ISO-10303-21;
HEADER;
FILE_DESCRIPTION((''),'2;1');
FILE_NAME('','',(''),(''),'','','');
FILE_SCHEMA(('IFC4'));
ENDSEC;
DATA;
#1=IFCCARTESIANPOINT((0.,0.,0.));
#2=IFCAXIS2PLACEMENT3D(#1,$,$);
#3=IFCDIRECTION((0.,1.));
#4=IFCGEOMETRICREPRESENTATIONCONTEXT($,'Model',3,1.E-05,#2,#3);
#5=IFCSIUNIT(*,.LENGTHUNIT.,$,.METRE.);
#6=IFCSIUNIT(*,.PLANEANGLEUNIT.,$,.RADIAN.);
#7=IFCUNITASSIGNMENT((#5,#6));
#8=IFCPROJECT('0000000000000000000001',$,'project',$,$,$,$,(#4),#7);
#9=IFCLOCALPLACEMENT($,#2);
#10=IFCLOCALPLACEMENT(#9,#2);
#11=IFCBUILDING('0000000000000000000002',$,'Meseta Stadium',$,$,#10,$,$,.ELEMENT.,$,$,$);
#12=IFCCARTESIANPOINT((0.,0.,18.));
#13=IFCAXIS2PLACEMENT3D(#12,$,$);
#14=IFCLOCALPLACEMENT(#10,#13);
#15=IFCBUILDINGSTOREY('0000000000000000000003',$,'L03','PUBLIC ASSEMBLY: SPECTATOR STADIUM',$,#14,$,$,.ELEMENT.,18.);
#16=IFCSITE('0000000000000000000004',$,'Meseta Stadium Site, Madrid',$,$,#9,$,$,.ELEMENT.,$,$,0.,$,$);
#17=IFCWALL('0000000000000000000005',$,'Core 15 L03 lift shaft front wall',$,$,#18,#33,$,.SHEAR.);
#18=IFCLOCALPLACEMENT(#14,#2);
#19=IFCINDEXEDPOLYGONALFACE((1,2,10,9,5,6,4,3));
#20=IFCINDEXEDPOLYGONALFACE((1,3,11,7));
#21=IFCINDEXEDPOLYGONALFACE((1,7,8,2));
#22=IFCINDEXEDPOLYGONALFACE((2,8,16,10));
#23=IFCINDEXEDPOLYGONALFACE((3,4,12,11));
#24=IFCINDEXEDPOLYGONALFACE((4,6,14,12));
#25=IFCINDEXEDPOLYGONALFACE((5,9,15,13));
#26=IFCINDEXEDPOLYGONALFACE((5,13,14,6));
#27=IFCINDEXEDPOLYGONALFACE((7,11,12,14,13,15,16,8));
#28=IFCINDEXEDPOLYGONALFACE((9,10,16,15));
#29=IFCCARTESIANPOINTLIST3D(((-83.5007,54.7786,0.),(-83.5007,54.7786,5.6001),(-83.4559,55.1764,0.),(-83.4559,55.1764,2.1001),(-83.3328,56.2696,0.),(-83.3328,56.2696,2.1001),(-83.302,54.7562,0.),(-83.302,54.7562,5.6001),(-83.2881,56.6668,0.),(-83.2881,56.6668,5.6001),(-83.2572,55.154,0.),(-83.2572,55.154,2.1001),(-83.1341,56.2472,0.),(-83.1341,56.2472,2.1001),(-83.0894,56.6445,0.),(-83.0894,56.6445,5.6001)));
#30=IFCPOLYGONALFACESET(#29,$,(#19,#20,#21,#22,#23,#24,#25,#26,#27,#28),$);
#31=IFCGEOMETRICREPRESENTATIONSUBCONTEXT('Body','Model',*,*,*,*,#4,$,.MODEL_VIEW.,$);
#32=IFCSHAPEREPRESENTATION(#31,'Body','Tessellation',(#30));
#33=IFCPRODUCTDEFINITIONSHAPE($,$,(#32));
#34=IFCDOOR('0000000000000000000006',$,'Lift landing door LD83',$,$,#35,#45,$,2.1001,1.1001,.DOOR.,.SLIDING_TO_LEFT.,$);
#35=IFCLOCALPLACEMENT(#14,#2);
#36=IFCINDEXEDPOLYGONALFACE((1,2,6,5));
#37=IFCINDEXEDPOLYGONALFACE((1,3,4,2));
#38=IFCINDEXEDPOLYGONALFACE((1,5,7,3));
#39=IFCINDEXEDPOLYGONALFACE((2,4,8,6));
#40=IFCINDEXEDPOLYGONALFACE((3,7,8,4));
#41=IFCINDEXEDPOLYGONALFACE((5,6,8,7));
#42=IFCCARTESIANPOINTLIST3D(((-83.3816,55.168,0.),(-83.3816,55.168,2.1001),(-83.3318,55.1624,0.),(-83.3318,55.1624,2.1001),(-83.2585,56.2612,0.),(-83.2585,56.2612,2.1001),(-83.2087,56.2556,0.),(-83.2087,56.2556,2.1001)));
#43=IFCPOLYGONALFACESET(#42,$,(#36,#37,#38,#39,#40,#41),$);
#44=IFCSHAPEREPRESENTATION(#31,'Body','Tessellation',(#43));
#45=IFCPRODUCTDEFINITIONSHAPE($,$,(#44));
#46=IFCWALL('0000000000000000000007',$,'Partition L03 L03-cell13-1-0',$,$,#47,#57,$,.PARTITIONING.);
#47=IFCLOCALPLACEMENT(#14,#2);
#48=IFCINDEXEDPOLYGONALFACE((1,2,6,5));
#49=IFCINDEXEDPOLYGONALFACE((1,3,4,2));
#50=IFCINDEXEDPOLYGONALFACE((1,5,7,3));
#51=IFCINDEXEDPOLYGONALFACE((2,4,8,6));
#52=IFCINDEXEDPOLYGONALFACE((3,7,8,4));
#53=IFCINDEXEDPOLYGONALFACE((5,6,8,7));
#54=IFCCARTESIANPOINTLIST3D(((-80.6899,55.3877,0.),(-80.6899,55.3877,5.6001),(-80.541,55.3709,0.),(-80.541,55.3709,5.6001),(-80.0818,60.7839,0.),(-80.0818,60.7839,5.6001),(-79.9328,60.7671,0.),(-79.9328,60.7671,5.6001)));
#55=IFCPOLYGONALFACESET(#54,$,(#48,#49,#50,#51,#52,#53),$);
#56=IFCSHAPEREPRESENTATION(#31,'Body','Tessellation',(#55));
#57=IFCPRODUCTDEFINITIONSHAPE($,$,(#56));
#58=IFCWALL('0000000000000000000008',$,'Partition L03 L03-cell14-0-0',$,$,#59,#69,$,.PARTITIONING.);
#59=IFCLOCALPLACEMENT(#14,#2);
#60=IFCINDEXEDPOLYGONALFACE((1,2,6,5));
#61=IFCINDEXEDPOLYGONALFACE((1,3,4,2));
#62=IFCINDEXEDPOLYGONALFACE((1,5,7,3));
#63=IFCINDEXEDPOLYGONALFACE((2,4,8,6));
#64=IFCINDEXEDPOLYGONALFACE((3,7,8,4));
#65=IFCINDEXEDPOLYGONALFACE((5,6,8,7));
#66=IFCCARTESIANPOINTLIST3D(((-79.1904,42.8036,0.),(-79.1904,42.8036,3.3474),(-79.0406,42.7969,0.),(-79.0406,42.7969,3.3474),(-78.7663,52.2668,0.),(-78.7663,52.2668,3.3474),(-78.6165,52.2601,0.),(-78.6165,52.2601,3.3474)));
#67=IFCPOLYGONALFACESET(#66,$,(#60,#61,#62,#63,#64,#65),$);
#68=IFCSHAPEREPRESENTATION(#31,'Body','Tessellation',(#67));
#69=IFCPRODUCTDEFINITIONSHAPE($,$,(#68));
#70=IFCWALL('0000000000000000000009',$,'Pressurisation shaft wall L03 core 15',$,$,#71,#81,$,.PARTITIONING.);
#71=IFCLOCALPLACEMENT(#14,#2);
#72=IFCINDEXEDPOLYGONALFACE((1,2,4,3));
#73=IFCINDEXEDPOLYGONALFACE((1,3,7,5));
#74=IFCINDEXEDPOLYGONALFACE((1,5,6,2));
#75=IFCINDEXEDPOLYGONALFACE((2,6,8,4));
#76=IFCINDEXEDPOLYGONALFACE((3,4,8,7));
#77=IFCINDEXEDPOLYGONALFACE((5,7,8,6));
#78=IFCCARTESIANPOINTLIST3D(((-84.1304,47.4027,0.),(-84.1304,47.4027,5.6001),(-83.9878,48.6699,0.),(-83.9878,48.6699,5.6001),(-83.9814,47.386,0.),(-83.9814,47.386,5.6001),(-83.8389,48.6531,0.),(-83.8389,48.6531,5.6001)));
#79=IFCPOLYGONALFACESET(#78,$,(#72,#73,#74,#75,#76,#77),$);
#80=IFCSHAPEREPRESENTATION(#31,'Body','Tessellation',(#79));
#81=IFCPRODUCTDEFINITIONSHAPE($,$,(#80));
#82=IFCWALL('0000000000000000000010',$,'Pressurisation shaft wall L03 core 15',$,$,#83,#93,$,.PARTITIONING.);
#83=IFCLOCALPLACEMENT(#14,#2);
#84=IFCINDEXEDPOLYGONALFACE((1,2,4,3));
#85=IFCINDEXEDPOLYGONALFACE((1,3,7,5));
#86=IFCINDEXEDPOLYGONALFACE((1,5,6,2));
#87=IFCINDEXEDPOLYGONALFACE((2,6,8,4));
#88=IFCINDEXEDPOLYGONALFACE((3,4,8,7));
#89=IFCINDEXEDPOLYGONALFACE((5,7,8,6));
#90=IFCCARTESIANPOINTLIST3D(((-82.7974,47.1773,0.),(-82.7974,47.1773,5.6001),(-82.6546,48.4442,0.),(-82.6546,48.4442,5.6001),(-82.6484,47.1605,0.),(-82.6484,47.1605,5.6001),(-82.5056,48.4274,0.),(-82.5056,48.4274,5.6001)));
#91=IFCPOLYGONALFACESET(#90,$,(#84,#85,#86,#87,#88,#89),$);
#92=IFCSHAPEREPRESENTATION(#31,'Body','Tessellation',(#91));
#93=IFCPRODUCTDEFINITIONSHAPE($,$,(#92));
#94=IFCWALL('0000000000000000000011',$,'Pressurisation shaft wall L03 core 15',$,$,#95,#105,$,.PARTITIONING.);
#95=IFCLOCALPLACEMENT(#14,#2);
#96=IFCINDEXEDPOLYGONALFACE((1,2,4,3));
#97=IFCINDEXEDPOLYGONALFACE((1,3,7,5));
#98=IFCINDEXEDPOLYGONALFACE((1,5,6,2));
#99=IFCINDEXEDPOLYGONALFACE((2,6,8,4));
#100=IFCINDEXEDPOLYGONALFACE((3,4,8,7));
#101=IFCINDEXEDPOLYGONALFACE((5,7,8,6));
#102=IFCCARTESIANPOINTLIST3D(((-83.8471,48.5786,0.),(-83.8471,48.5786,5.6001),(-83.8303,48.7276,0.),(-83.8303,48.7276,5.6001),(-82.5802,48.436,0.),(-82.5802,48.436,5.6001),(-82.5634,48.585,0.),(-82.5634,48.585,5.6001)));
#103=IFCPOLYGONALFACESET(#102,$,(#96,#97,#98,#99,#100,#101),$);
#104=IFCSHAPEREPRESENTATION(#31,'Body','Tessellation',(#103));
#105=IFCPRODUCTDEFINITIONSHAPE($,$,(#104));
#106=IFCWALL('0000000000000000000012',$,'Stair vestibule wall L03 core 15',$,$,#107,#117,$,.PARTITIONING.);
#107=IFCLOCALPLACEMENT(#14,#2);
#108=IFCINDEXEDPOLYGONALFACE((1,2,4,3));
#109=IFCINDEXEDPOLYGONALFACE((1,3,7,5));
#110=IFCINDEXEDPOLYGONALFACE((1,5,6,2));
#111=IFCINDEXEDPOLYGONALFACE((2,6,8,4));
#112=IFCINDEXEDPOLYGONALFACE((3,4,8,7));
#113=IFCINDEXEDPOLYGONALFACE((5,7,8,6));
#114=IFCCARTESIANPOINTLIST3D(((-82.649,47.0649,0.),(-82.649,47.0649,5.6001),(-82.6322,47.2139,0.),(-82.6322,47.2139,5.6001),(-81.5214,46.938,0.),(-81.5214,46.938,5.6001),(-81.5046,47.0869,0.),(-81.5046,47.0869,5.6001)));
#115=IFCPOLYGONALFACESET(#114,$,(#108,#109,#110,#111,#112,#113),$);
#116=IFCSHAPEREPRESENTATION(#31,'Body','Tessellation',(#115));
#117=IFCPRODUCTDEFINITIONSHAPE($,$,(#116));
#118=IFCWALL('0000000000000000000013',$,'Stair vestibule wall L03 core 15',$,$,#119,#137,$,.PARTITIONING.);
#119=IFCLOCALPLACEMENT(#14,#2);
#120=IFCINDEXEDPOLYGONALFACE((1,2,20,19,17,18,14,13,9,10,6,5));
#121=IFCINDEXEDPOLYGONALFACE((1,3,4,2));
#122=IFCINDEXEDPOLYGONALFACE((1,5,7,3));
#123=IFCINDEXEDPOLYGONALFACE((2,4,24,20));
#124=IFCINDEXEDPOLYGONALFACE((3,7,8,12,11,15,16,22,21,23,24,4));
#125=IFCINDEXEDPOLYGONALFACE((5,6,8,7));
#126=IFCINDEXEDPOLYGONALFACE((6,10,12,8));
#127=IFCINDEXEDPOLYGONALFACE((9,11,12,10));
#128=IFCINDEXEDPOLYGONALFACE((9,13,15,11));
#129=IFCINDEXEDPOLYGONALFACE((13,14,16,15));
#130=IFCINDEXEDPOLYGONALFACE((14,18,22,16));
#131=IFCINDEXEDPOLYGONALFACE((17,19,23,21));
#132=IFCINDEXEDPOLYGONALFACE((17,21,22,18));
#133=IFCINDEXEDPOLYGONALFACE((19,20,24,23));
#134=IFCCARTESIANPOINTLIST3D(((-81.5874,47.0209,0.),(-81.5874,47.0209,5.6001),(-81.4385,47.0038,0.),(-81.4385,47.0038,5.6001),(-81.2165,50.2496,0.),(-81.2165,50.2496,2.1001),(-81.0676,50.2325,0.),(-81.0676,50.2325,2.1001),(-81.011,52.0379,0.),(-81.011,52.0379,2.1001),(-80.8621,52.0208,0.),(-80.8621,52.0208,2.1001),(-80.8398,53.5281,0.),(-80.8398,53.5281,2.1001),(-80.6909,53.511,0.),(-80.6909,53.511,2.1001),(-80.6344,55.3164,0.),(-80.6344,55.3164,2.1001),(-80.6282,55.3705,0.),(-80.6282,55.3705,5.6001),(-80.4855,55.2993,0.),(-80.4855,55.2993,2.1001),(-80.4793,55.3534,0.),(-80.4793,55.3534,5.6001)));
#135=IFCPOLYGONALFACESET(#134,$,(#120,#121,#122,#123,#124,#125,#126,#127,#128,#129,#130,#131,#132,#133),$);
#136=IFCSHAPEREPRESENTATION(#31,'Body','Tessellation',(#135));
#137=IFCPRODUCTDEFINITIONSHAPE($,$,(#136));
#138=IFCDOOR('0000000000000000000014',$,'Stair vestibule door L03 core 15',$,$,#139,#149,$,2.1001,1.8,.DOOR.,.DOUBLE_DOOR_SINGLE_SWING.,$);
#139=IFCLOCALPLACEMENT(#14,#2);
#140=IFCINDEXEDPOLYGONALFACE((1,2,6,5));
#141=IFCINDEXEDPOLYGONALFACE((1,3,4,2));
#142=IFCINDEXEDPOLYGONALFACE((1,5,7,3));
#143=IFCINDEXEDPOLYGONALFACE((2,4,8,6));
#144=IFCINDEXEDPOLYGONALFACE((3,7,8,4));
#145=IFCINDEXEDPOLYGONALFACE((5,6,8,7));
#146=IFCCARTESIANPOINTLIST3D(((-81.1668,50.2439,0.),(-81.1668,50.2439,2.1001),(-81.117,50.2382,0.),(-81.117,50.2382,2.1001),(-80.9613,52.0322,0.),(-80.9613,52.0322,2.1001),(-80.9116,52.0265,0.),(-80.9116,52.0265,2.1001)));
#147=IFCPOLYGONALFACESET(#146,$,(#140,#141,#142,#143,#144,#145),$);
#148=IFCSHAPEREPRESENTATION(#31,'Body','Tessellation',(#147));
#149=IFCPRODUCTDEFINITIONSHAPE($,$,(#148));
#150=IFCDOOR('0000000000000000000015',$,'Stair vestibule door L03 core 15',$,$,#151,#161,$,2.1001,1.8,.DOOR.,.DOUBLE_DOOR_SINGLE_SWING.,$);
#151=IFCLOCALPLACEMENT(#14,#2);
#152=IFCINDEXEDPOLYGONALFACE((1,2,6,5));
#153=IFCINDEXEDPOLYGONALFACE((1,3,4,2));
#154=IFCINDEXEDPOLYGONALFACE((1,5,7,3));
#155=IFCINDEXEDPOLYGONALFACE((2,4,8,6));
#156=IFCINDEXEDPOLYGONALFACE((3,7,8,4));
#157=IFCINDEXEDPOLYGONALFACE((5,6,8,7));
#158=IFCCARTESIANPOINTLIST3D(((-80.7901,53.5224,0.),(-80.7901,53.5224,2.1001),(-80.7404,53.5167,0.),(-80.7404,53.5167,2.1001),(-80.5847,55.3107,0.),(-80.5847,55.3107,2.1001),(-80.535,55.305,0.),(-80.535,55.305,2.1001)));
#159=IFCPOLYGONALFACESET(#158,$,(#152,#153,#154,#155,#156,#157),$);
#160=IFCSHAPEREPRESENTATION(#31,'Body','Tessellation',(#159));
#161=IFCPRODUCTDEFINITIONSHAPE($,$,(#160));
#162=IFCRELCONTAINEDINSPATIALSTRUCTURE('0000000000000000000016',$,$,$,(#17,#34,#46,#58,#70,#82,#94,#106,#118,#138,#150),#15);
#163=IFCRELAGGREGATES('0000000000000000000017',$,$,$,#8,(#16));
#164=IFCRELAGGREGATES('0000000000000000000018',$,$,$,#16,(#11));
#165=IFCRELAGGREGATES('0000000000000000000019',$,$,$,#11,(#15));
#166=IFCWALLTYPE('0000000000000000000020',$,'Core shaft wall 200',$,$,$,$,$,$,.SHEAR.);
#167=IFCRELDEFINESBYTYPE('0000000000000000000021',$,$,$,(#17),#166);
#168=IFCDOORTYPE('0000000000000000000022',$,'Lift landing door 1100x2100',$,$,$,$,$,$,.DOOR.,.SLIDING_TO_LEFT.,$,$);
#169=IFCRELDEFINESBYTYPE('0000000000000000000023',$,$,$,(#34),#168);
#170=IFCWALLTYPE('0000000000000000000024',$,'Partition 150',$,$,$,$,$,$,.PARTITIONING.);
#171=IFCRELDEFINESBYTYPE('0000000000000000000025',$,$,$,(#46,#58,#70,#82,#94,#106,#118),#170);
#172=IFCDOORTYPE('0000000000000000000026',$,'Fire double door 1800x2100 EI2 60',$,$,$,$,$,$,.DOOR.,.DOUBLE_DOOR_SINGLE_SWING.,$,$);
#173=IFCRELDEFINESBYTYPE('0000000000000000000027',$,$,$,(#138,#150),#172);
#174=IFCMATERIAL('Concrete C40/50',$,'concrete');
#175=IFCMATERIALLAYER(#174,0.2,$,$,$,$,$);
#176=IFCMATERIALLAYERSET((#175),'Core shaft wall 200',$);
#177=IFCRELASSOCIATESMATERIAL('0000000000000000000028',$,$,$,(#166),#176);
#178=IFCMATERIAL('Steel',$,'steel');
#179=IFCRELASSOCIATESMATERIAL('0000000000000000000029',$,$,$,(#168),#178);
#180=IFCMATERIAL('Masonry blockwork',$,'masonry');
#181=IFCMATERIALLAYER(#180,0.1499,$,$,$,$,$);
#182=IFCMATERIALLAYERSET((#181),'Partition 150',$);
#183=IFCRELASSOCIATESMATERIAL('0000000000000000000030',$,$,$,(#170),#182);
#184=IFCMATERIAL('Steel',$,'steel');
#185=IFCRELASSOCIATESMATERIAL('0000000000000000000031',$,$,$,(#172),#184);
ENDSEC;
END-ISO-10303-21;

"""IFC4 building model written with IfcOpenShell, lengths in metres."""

from ifc_helpers import new_model, si_unit, direction, frame, frame_2d, origin, place, context, subcontext, project, spatial, rectangle, extrude, material, layer, layer_set, type_object, element, fill, save


model = new_model("IFC4")

# Units and contexts
model_context = context("Model", 3, precision=1e-05, world=origin(), true_north=direction((0.0, 1.0)))
body_context = subcontext(model_context, "Body", "Model", "MODEL_VIEW")
ifc_project = project(units=[si_unit("LENGTHUNIT", "METRE"), si_unit("PLANEANGLEUNIT", "RADIAN")], contexts=[model_context])

# Site, building, storey
site_placement = place(None, origin())
site = spatial("IfcSite", under=ifc_project, at=site_placement, Name="Meseta Stadium Site, Madrid", CompositionType="ELEMENT", RefElevation=0.0)
building_placement = place(site_placement, origin())
building = spatial("IfcBuilding", under=site, at=building_placement, Name="Meseta Stadium", CompositionType="ELEMENT")
storey_placement = place(building_placement, frame((0.0, 0.0, 18.0)))
storey = spatial("IfcBuildingStorey", under=building, at=storey_placement, Name="L03", Description="PUBLIC ASSEMBLY: SPECTATOR STADIUM", CompositionType="ELEMENT", Elevation=18.0)

# Wall, opening, door
ifc_material_1 = material(Name="Concrete C40/50", Category="concrete")
ifc_layer_1 = layer(ifc_material_1, 0.2)
ifc_layer_set_1 = layer_set([ifc_layer_1], Name="Core shaft wall 200")
wall_type_1 = type_object("IfcWallType", Name="Core shaft wall 200", PredefinedType="SHEAR", material=ifc_layer_set_1)
wall_1_placement = place(storey_placement, frame((-83.1887, 56.6558, 0.0), z_axis=(0.0, 0.0, 1.0), x_axis=(-0.111912, -0.993718, 0.0)))
wall_1 = element("IfcWall", 1, at=wall_1_placement, inside=storey, type_object=wall_type_1, Name="Core 15 L03 lift shaft front wall", PredefinedType="SHEAR", context=body_context, shape_type="SweptSolid", body=[
    extrude(rectangle(XDim=1.9001, YDim=0.2, at=frame_2d((0.9502, 0.0))), origin(), (0.0, 0.0, 1.0), 5.6001),
])
opening_1_placement = place(wall_1_placement, frame((0.3999, 0.0, 0.0)))
opening_1 = element("IfcOpeningElement", 2, at=opening_1_placement, cuts=wall_1, PredefinedType="OPENING", context=body_context, shape_type="SweptSolid", body=[
    extrude(rectangle(XDim=1.1001, YDim=2.1001, at=frame_2d((0.55, 1.05))), frame((0.0, 0.1099, 0.0), z_axis=(0.0, -1.0, 0.0), x_axis=(1.0, 0.0, 0.0)), (0.0, 0.0, 1.0), 0.22),
])
ifc_material_2 = material(Name="Steel", Category="steel")
door_type_1 = type_object("IfcDoorType", Name="Lift landing door 1100x2100", OperationType="SLIDING_TO_LEFT", PredefinedType="DOOR", material=ifc_material_2)
door_1_placement = place(opening_1_placement, origin())
door_1 = element("IfcDoor", 3, at=door_1_placement, inside=storey, type_object=door_type_1, Name="Lift landing door LD83", OperationType="SLIDING_TO_LEFT", OverallHeight=2.1001, OverallWidth=1.1001, PredefinedType="DOOR", context=body_context, shape_type="SweptSolid", body=[
    extrude(rectangle(XDim=1.1001, YDim=2.1001, at=frame_2d((0.55, 1.05))), frame((0.0, 0.0249, 0.0), z_axis=(0.0, -1.0, 0.0), x_axis=(1.0, 0.0, 0.0)), (0.0, 0.0, 1.0), 0.05),
])
fill(opening_1, door_1)

# Walls
ifc_material_3 = material(Name="Masonry blockwork", Category="masonry")
ifc_layer_2 = layer(ifc_material_3, 0.1499)
ifc_layer_set_2 = layer_set([ifc_layer_2], Name="Partition 150")
wall_type_2 = type_object("IfcWallType", Name="Partition 150", PredefinedType="PARTITIONING", material=ifc_layer_set_2)
wall_2_placement = place(storey_placement, frame((-80.6155, 55.3792, 0.0), z_axis=(0.0, 0.0, 1.0), x_axis=(0.111991, 0.993709, 0.0)))
element("IfcWall", 4, at=wall_2_placement, inside=storey, type_object=wall_type_2, Name="Partition L03 L03-cell13-1-0", PredefinedType="PARTITIONING", context=body_context, shape_type="SweptSolid", body=[
    extrude(rectangle(XDim=5.4304, YDim=0.1499, at=frame_2d((2.7153, 0.0))), origin(), (0.0, 0.0, 1.0), 5.6001),
])
wall_3_placement = place(storey_placement, frame((-79.1155, 42.8003, 0.0), z_axis=(0.0, 0.0, 1.0), x_axis=(0.044768, 0.998997, 0.0)))
element("IfcWall", 5, at=wall_3_placement, inside=storey, type_object=wall_type_2, Name="Partition L03 L03-cell14-0-0", PredefinedType="PARTITIONING", context=body_context, shape_type="SweptSolid", body=[
    extrude(rectangle(XDim=9.4727, YDim=0.1499, at=frame_2d((4.7363, 0.0))), origin(), (0.0, 0.0, 1.0), 3.3474),
])
wall_4_placement = place(storey_placement, frame((-83.9133, 48.6616, 0.0), z_axis=(0.0, 0.0, 1.0), x_axis=(-0.111818, -0.993729, 0.0)))
element("IfcWall", 6, at=wall_4_placement, inside=storey, type_object=wall_type_2, Name="Pressurisation shaft wall L03 core 15", PredefinedType="PARTITIONING", context=body_context, shape_type="SweptSolid", body=[
    extrude(rectangle(XDim=1.2751, YDim=0.1499, at=frame_2d((0.6377, 0.0))), origin(), (0.0, 0.0, 1.0), 5.6001),
])
for number, where, z_axis, x_axis, name in (
    (7, (-82.7229, 47.1689, 0.0), (0.0, 0.0, 1.0), (0.112029, 0.993705, 0.0), "Pressurisation shaft wall L03 core 15"),
    (8, (-82.5718, 48.5105, 0.0), (0.0, 0.0, 1.0), (-0.993726, 0.11184, 0.0), "Pressurisation shaft wall L03 core 15"),
):
    element("IfcWall", number, at=place(storey_placement, frame(where, z_axis=z_axis, x_axis=x_axis)), inside=storey, type_object=wall_type_2, Name=name, PredefinedType="PARTITIONING", context=body_context, shape_type="SweptSolid", body=[
        extrude(rectangle(XDim=1.2749, YDim=0.1499, at=frame_2d((0.6375, 0.0))), origin(), (0.0, 0.0, 1.0), 5.6001),
    ])
wall_5_placement = place(storey_placement, frame((-82.6406, 47.1394, 0.0), z_axis=(0.0, 0.0, 1.0), x_axis=(0.993723, -0.111872, 0.0)))
element("IfcWall", 9, at=wall_5_placement, inside=storey, type_object=wall_type_2, Name="Stair vestibule wall L03 core 15", PredefinedType="PARTITIONING", context=body_context, shape_type="SweptSolid", body=[
    extrude(rectangle(XDim=1.1348, YDim=0.1499, at=frame_2d((0.5674, 0.0))), origin(), (0.0, 0.0, 1.0), 5.6001),
])

# Wall, openings, doors
wall_6_placement = place(storey_placement, frame((-81.5129, 47.0125, 0.0), z_axis=(0.0, 0.0, 1.0), x_axis=(0.114132, 0.993466, 0.0)))
wall_6 = element("IfcWall", 10, at=wall_6_placement, inside=storey, type_object=wall_type_2, Name="Stair vestibule wall L03 core 15", PredefinedType="PARTITIONING", context=body_context, shape_type="SweptSolid", body=[
    extrude(rectangle(XDim=8.4045, YDim=0.1499, at=frame_2d((4.2021, 0.0))), origin(), (0.0, 0.0, 1.0), 5.6001),
])
opening_2_placement = place(wall_6_placement, frame((3.25, 0.0, 0.0)))
opening_2 = element("IfcOpeningElement", 11, at=opening_2_placement, cuts=wall_6, PredefinedType="OPENING", context=body_context, shape_type="SweptSolid", body=[
    extrude(rectangle(XDim=1.8, YDim=2.1001, at=frame_2d((0.8999, 1.05))), frame((0.0, 0.085, 0.0), z_axis=(0.0, -1.0, 0.0), x_axis=(1.0, 0.0, 0.0)), (0.0, 0.0, 1.0), 0.1699),
])
opening_3_placement = place(wall_6_placement, frame((6.55, 0.0, 0.0)))
opening_3 = element("IfcOpeningElement", 12, at=opening_3_placement, cuts=wall_6, PredefinedType="OPENING", context=body_context, shape_type="SweptSolid", body=[
    extrude(rectangle(XDim=1.8, YDim=2.1001, at=frame_2d((0.8999, 1.05))), frame((0.0, 0.085, 0.0), z_axis=(0.0, -1.0, 0.0), x_axis=(1.0, 0.0, 0.0)), (0.0, 0.0, 1.0), 0.1699),
])
ifc_material_4 = material(Name="Steel", Category="steel")
door_type_2 = type_object("IfcDoorType", Name="Fire double door 1800x2100 EI2 60", OperationType="DOUBLE_DOOR_SINGLE_SWING", PredefinedType="DOOR", material=ifc_material_4)
door_2_placement = place(opening_2_placement, origin())
door_2 = element("IfcDoor", 13, at=door_2_placement, inside=storey, type_object=door_type_2, Name="Stair vestibule door L03 core 15", OperationType="DOUBLE_DOOR_SINGLE_SWING", OverallHeight=2.1001, OverallWidth=1.8, PredefinedType="DOOR", context=body_context, shape_type="SweptSolid", body=[
    extrude(rectangle(XDim=1.8, YDim=2.1001, at=frame_2d((0.8999, 1.05))), frame((0.0, 0.0249, 0.0), z_axis=(0.0, -1.0, 0.0), x_axis=(1.0, 0.0, 0.0)), (0.0, 0.0, 1.0), 0.05),
])
fill(opening_2, door_2)
door_3_placement = place(opening_3_placement, origin())
door_3 = element("IfcDoor", 14, at=door_3_placement, inside=storey, type_object=door_type_2, Name="Stair vestibule door L03 core 15", OperationType="DOUBLE_DOOR_SINGLE_SWING", OverallHeight=2.1001, OverallWidth=1.8, PredefinedType="DOOR", context=body_context, shape_type="SweptSolid", body=[
    extrude(rectangle(XDim=1.8, YDim=2.1001, at=frame_2d((0.8999, 1.05))), frame((0.0, 0.0249, 0.0), z_axis=(0.0, -1.0, 0.0), x_axis=(1.0, 0.0, 0.0)), (0.0, 0.0, 1.0), 0.05),
])
fill(opening_3, door_3)

save(model, "model.ifc")
